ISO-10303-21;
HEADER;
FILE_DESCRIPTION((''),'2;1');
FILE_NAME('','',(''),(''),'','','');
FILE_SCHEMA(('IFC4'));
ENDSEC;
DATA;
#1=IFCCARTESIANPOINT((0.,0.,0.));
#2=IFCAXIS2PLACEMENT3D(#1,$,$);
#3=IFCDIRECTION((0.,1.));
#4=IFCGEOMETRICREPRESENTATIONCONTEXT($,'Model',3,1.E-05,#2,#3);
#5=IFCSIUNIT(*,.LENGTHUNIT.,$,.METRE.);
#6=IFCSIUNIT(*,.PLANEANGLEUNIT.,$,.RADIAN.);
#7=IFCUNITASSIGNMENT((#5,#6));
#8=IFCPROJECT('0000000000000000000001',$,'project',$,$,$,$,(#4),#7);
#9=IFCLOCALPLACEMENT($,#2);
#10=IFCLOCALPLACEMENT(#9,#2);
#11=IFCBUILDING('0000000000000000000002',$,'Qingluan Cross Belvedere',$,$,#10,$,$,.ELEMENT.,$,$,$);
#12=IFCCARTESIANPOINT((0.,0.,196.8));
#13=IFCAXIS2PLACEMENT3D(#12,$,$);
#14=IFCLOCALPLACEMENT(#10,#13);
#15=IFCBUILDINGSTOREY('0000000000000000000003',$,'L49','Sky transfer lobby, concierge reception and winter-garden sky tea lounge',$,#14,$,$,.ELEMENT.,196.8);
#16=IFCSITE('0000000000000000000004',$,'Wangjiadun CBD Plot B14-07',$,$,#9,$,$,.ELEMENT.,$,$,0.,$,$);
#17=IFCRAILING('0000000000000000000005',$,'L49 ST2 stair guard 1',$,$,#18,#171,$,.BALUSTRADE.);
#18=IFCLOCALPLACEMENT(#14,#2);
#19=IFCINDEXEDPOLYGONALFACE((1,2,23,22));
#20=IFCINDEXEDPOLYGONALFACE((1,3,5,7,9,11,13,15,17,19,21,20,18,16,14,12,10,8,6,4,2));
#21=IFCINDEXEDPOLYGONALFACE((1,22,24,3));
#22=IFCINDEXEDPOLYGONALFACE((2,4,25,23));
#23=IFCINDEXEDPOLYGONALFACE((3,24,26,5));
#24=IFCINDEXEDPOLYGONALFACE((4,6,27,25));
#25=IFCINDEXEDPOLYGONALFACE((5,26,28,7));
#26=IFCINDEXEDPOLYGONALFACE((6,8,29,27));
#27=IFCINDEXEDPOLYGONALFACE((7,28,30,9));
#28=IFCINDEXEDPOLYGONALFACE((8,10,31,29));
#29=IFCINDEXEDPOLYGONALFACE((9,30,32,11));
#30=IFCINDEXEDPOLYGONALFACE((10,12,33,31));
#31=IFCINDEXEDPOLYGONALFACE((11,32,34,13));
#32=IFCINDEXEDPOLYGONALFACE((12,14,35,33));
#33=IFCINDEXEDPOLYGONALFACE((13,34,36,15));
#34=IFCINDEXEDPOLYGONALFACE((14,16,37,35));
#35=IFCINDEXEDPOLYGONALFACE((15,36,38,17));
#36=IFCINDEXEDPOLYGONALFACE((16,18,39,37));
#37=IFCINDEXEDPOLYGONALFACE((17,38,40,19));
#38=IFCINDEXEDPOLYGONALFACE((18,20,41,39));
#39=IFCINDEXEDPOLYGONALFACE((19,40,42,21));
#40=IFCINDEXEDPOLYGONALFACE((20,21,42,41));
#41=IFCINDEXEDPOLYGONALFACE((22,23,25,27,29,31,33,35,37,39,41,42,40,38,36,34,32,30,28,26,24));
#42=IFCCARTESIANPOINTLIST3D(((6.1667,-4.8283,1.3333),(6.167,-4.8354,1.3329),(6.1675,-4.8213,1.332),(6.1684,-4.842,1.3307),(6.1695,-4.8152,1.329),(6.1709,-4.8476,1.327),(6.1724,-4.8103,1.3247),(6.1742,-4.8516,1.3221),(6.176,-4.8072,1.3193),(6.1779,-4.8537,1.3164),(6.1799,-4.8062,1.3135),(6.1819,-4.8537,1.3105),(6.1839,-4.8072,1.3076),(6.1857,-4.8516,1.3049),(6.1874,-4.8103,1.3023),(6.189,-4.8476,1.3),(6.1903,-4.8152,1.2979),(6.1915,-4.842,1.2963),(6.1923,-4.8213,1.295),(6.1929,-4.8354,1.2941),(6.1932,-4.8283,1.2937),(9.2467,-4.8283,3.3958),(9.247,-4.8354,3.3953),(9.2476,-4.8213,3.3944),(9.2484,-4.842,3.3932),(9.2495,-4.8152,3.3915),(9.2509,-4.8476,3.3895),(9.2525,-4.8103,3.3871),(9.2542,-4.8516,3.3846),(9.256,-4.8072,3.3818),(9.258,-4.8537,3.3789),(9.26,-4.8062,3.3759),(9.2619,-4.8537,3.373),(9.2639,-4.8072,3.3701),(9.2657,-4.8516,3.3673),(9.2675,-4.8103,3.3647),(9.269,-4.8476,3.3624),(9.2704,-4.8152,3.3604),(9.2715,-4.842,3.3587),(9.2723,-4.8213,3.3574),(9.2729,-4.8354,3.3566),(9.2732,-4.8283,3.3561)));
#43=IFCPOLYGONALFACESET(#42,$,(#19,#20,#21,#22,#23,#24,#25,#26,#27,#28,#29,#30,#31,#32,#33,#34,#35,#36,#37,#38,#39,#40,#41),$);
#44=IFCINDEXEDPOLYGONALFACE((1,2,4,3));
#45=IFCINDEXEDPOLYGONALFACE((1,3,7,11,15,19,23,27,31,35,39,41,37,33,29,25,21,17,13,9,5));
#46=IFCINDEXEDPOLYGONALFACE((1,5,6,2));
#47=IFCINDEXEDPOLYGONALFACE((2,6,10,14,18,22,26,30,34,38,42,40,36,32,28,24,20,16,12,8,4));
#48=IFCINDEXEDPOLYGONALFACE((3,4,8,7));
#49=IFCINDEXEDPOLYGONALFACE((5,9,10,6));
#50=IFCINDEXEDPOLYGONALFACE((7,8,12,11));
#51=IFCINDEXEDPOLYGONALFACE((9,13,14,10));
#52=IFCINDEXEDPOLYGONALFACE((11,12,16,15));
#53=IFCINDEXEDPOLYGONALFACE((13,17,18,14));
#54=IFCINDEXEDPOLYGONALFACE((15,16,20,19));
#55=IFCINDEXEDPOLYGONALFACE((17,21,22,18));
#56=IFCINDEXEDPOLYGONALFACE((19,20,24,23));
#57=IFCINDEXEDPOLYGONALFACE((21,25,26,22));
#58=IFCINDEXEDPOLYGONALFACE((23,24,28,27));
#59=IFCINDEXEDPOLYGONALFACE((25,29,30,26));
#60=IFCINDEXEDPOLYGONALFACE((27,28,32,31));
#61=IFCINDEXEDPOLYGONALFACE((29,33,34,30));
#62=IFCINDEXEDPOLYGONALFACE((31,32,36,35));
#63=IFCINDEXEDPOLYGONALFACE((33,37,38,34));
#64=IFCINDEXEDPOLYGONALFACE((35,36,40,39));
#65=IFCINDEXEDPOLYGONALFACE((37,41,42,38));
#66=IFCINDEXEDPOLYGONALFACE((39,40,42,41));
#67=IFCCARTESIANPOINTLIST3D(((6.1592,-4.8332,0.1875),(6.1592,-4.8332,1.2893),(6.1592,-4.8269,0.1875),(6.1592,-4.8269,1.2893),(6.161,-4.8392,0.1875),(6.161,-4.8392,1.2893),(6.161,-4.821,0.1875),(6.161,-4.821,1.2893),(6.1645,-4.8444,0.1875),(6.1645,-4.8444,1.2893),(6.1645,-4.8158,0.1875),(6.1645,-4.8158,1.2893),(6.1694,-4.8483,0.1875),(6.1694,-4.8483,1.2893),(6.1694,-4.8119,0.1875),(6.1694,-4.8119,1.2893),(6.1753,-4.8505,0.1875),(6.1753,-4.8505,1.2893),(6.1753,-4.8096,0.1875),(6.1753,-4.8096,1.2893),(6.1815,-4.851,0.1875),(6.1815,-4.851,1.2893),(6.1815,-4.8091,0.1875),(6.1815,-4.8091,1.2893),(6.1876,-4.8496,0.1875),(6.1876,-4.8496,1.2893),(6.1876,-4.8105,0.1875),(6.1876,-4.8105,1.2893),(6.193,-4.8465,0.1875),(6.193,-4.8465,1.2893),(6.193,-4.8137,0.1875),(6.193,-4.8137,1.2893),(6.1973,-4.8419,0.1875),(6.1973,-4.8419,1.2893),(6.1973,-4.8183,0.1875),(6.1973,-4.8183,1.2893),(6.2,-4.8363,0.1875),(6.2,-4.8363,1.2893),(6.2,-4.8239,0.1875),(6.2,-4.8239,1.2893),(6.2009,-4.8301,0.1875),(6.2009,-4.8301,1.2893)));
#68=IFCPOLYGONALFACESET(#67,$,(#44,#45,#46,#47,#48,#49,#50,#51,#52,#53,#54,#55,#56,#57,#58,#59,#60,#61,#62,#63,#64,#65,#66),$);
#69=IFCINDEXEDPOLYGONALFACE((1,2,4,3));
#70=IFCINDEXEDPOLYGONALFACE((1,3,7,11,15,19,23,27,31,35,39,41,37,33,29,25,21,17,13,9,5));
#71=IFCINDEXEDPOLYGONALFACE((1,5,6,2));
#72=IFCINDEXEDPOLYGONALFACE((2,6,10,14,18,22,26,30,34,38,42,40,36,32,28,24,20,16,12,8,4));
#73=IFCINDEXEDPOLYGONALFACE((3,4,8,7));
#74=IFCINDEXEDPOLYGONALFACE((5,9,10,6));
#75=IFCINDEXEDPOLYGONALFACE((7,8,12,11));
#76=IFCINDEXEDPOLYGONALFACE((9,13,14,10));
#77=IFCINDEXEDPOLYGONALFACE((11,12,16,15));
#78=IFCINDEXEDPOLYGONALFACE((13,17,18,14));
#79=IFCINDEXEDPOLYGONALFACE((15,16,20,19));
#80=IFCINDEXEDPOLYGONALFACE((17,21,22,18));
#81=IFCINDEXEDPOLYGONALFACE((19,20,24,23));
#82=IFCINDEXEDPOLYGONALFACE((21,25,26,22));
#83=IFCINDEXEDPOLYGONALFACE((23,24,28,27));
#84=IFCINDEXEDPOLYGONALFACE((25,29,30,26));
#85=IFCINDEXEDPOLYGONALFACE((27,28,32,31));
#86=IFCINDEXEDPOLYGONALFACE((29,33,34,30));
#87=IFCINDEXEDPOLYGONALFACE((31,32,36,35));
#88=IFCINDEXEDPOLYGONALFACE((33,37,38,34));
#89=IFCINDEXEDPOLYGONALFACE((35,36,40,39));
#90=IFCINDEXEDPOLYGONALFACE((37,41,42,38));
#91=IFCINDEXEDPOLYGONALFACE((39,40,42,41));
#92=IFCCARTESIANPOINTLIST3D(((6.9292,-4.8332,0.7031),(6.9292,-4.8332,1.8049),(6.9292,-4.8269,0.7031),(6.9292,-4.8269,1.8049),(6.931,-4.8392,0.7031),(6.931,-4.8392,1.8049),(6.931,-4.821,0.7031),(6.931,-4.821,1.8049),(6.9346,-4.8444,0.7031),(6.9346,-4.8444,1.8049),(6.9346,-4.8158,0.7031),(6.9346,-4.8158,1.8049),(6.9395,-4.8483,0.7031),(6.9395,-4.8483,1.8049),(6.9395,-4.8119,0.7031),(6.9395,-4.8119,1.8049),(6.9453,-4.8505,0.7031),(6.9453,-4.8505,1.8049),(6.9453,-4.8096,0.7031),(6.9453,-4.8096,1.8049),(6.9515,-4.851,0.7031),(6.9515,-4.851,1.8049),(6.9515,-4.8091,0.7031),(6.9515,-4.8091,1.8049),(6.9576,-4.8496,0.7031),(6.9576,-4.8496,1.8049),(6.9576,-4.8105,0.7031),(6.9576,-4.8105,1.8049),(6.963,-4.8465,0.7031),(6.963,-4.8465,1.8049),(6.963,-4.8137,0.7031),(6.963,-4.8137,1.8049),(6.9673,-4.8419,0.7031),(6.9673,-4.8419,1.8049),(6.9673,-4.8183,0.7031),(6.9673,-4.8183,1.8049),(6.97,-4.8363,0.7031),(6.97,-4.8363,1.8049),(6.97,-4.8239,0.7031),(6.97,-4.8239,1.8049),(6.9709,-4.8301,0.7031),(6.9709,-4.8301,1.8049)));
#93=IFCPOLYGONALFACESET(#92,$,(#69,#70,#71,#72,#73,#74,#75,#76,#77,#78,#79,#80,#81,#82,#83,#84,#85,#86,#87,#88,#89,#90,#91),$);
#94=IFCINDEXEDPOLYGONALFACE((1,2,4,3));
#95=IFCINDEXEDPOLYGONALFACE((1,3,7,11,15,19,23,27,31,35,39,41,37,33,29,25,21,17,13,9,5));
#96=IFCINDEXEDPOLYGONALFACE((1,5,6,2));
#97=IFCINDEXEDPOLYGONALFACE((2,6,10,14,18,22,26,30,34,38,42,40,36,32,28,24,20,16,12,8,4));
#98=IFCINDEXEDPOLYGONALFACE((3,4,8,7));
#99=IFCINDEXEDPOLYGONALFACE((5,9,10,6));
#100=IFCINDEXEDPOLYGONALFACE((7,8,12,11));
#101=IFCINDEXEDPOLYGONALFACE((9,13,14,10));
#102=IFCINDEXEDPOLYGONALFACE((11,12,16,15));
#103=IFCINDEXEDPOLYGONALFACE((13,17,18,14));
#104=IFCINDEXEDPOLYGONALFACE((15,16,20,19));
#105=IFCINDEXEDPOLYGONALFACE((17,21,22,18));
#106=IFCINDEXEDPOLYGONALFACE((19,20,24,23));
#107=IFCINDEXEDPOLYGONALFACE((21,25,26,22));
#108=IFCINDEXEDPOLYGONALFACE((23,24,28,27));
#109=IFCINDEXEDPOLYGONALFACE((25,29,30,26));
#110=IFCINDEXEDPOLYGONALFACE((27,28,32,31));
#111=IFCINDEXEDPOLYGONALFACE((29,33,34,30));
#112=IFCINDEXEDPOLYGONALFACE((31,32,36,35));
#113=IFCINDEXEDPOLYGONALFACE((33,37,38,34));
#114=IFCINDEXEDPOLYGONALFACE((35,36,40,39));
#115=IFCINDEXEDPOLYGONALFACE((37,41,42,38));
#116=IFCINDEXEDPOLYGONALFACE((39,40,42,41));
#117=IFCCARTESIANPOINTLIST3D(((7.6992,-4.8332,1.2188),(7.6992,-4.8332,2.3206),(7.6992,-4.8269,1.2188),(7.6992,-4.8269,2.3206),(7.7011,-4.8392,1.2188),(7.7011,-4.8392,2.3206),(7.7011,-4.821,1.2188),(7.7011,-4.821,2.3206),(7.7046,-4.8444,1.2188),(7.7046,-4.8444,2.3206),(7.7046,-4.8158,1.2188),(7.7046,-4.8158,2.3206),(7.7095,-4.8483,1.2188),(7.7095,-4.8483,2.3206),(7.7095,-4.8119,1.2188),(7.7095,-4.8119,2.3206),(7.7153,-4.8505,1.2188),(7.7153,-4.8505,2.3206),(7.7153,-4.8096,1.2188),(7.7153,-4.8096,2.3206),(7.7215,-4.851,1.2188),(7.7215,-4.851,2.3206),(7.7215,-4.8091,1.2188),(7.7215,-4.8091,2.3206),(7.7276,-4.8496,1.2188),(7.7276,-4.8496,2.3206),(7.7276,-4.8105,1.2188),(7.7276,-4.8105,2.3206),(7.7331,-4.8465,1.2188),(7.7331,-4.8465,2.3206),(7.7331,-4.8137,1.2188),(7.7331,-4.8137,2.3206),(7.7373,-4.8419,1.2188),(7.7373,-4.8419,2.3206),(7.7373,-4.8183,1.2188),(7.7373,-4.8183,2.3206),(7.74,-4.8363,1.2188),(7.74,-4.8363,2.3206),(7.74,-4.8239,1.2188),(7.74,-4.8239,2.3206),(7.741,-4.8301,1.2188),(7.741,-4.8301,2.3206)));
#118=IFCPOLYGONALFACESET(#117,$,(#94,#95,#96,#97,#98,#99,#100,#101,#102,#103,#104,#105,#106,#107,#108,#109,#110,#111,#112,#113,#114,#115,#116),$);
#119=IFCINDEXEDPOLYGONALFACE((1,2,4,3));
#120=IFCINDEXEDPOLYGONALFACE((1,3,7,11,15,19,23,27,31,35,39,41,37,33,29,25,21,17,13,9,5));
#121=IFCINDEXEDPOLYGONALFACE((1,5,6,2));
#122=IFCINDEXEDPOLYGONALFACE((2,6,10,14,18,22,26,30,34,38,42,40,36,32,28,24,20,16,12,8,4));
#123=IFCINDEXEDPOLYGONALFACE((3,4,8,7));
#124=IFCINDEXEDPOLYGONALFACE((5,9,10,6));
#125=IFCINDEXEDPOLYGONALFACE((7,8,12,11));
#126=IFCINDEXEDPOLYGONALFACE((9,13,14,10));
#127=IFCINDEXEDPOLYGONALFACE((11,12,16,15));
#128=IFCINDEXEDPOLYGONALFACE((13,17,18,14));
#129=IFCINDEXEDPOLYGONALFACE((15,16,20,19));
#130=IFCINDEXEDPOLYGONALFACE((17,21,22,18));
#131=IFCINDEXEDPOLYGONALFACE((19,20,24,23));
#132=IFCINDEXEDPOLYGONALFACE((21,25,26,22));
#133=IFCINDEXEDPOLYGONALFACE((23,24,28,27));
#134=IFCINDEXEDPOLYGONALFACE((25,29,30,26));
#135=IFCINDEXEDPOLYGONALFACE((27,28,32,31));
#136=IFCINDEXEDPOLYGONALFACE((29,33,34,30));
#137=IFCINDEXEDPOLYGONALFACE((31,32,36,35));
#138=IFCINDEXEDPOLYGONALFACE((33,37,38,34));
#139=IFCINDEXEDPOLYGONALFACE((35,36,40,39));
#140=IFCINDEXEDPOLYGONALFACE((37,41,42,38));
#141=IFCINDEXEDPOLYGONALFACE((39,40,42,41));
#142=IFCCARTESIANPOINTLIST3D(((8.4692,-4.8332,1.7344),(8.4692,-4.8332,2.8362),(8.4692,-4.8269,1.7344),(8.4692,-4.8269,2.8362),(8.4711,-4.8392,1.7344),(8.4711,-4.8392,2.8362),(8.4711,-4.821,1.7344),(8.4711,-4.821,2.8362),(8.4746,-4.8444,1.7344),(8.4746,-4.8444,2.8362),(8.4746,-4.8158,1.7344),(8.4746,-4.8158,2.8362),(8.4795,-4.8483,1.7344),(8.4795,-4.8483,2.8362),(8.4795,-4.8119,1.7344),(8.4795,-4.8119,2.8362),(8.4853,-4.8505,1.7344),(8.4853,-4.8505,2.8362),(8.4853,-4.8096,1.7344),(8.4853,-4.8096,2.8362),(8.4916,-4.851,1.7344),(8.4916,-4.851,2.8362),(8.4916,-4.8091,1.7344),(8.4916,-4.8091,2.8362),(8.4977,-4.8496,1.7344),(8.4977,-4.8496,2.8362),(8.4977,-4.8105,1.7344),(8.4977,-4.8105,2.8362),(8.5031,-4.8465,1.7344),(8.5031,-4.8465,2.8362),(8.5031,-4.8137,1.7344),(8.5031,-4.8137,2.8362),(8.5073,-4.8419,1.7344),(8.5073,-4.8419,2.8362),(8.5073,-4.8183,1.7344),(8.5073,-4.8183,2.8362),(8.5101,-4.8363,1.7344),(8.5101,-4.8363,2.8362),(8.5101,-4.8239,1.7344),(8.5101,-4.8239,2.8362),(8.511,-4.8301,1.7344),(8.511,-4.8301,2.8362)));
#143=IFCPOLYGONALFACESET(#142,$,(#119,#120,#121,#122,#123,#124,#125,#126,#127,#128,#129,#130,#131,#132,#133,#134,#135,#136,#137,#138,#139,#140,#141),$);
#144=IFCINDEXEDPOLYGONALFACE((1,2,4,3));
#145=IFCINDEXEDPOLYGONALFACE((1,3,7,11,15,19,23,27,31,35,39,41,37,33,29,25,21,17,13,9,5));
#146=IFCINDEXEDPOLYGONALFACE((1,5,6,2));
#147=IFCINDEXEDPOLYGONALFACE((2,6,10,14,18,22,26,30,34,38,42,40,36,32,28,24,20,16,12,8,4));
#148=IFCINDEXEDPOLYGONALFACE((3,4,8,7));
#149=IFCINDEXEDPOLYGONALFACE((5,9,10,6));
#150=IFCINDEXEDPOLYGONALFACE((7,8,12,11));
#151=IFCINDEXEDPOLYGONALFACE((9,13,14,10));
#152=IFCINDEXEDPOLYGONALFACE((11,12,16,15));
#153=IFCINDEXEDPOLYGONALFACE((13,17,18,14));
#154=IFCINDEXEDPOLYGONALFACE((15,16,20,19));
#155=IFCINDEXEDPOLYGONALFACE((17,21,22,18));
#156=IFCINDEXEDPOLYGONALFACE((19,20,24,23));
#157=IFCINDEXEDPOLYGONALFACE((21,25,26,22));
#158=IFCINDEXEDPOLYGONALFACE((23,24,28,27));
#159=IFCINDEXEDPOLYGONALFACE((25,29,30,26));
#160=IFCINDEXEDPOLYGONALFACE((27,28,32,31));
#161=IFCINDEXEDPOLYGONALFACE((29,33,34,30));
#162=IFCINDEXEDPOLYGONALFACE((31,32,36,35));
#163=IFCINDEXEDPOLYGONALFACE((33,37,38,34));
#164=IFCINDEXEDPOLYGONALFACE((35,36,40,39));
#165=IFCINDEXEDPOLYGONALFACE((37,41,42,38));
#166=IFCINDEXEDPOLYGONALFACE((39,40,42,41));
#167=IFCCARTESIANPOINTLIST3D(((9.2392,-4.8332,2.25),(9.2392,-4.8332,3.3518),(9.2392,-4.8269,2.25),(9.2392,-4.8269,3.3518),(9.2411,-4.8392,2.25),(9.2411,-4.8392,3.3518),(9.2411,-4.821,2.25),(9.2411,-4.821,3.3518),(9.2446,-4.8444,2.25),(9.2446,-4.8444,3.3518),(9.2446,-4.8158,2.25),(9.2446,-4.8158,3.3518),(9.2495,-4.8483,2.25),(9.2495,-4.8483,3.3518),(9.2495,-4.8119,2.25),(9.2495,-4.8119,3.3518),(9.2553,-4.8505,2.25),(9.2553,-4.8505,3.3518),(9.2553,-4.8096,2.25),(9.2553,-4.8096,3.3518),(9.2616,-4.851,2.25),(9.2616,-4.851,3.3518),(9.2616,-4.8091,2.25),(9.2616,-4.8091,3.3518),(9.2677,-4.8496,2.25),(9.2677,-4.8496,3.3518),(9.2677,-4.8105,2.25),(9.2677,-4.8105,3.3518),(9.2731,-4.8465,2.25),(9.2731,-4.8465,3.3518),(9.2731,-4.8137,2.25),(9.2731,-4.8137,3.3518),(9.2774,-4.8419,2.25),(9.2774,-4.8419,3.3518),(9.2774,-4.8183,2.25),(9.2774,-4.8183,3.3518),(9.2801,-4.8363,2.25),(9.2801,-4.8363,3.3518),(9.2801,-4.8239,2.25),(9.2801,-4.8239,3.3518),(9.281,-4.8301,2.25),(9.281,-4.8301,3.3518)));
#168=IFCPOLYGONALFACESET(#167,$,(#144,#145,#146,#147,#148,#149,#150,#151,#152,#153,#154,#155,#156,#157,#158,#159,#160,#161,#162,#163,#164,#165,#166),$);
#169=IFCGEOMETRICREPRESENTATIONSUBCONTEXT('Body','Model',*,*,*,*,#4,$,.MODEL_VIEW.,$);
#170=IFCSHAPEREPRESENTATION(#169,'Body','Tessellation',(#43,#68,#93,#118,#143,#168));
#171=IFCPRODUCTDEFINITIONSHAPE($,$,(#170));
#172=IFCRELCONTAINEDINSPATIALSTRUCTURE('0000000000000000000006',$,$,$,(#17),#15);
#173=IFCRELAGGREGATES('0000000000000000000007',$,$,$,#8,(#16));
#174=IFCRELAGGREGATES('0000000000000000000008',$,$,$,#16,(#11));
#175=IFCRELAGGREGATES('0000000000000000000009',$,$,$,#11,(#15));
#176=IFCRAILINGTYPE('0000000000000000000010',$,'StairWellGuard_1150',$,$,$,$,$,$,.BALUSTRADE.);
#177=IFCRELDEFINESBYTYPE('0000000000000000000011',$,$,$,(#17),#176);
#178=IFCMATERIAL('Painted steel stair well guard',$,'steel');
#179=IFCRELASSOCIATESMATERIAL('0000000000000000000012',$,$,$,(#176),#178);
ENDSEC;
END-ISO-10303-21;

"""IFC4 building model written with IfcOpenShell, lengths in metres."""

from ifc_helpers import new_model, si_unit, direction, frame, origin, origin_2d, place, context, subcontext, project, spatial, circle, extrude, material, type_object, element, save


model = new_model("IFC4")

# Units and contexts
model_context = context("Model", 3, precision=1e-05, world=origin(), true_north=direction((0.0, 1.0)))
body_context = subcontext(model_context, "Body", "Model", "MODEL_VIEW")
ifc_project = project(units=[si_unit("LENGTHUNIT", "METRE"), si_unit("PLANEANGLEUNIT", "RADIAN")], contexts=[model_context])

# Site, building, storey
site_placement = place(None, origin())
site = spatial("IfcSite", under=ifc_project, at=site_placement, Name="Wangjiadun CBD Plot B14-07", CompositionType="ELEMENT", RefElevation=0.0)
building_placement = place(site_placement, origin())
building = spatial("IfcBuilding", under=site, at=building_placement, Name="Qingluan Cross Belvedere", CompositionType="ELEMENT")
storey_placement = place(building_placement, frame((0.0, 0.0, 196.8)))
storey = spatial("IfcBuildingStorey", under=building, at=storey_placement, Name="L49", Description="Sky transfer lobby, concierge reception and winter-garden sky tea lounge", CompositionType="ELEMENT", Elevation=196.8)

# Railing
ifc_material_1 = material(Name="Painted steel stair well guard", Category="steel")
railing_type_1 = type_object("IfcRailingType", Name="StairWellGuard_1150", PredefinedType="BALUSTRADE", material=ifc_material_1)
railing_1_placement = place(storey_placement, frame((6.1799, -4.8301, 0.1875)))
element("IfcRailing", 1, at=railing_1_placement, inside=storey, type_object=railing_type_1, Name="L49 ST2 stair guard 1", PredefinedType="BALUSTRADE", context=body_context, shape_type="SweptSolid", body=[
    extrude(circle(Radius=0.0239, at=origin_2d()), frame((0.0, 0.0, 1.126), z_axis=(0.830914, 0.0, 0.556401), x_axis=(0.0, 1.0, 0.0)), (0.0, 0.0, 1.0), 3.7068),
    extrude(circle(Radius=0.021, at=origin_2d()), origin(), (0.0, 0.0, 1.0), 1.1018),
    extrude(circle(Radius=0.021, at=origin_2d()), frame((0.77, 0.0, 0.5156)), (0.0, 0.0, 1.0), 1.1018),
    extrude(circle(Radius=0.021, at=origin_2d()), frame((1.54, 0.0, 1.0312)), (0.0, 0.0, 1.0), 1.1018),
    extrude(circle(Radius=0.021, at=origin_2d()), frame((2.3101, 0.0, 1.5469)), (0.0, 0.0, 1.0), 1.1018),
    extrude(circle(Radius=0.021, at=origin_2d()), frame((3.0801, 0.0, 2.0625)), (0.0, 0.0, 1.0), 1.1018),
])

save(model, "model.ifc")
